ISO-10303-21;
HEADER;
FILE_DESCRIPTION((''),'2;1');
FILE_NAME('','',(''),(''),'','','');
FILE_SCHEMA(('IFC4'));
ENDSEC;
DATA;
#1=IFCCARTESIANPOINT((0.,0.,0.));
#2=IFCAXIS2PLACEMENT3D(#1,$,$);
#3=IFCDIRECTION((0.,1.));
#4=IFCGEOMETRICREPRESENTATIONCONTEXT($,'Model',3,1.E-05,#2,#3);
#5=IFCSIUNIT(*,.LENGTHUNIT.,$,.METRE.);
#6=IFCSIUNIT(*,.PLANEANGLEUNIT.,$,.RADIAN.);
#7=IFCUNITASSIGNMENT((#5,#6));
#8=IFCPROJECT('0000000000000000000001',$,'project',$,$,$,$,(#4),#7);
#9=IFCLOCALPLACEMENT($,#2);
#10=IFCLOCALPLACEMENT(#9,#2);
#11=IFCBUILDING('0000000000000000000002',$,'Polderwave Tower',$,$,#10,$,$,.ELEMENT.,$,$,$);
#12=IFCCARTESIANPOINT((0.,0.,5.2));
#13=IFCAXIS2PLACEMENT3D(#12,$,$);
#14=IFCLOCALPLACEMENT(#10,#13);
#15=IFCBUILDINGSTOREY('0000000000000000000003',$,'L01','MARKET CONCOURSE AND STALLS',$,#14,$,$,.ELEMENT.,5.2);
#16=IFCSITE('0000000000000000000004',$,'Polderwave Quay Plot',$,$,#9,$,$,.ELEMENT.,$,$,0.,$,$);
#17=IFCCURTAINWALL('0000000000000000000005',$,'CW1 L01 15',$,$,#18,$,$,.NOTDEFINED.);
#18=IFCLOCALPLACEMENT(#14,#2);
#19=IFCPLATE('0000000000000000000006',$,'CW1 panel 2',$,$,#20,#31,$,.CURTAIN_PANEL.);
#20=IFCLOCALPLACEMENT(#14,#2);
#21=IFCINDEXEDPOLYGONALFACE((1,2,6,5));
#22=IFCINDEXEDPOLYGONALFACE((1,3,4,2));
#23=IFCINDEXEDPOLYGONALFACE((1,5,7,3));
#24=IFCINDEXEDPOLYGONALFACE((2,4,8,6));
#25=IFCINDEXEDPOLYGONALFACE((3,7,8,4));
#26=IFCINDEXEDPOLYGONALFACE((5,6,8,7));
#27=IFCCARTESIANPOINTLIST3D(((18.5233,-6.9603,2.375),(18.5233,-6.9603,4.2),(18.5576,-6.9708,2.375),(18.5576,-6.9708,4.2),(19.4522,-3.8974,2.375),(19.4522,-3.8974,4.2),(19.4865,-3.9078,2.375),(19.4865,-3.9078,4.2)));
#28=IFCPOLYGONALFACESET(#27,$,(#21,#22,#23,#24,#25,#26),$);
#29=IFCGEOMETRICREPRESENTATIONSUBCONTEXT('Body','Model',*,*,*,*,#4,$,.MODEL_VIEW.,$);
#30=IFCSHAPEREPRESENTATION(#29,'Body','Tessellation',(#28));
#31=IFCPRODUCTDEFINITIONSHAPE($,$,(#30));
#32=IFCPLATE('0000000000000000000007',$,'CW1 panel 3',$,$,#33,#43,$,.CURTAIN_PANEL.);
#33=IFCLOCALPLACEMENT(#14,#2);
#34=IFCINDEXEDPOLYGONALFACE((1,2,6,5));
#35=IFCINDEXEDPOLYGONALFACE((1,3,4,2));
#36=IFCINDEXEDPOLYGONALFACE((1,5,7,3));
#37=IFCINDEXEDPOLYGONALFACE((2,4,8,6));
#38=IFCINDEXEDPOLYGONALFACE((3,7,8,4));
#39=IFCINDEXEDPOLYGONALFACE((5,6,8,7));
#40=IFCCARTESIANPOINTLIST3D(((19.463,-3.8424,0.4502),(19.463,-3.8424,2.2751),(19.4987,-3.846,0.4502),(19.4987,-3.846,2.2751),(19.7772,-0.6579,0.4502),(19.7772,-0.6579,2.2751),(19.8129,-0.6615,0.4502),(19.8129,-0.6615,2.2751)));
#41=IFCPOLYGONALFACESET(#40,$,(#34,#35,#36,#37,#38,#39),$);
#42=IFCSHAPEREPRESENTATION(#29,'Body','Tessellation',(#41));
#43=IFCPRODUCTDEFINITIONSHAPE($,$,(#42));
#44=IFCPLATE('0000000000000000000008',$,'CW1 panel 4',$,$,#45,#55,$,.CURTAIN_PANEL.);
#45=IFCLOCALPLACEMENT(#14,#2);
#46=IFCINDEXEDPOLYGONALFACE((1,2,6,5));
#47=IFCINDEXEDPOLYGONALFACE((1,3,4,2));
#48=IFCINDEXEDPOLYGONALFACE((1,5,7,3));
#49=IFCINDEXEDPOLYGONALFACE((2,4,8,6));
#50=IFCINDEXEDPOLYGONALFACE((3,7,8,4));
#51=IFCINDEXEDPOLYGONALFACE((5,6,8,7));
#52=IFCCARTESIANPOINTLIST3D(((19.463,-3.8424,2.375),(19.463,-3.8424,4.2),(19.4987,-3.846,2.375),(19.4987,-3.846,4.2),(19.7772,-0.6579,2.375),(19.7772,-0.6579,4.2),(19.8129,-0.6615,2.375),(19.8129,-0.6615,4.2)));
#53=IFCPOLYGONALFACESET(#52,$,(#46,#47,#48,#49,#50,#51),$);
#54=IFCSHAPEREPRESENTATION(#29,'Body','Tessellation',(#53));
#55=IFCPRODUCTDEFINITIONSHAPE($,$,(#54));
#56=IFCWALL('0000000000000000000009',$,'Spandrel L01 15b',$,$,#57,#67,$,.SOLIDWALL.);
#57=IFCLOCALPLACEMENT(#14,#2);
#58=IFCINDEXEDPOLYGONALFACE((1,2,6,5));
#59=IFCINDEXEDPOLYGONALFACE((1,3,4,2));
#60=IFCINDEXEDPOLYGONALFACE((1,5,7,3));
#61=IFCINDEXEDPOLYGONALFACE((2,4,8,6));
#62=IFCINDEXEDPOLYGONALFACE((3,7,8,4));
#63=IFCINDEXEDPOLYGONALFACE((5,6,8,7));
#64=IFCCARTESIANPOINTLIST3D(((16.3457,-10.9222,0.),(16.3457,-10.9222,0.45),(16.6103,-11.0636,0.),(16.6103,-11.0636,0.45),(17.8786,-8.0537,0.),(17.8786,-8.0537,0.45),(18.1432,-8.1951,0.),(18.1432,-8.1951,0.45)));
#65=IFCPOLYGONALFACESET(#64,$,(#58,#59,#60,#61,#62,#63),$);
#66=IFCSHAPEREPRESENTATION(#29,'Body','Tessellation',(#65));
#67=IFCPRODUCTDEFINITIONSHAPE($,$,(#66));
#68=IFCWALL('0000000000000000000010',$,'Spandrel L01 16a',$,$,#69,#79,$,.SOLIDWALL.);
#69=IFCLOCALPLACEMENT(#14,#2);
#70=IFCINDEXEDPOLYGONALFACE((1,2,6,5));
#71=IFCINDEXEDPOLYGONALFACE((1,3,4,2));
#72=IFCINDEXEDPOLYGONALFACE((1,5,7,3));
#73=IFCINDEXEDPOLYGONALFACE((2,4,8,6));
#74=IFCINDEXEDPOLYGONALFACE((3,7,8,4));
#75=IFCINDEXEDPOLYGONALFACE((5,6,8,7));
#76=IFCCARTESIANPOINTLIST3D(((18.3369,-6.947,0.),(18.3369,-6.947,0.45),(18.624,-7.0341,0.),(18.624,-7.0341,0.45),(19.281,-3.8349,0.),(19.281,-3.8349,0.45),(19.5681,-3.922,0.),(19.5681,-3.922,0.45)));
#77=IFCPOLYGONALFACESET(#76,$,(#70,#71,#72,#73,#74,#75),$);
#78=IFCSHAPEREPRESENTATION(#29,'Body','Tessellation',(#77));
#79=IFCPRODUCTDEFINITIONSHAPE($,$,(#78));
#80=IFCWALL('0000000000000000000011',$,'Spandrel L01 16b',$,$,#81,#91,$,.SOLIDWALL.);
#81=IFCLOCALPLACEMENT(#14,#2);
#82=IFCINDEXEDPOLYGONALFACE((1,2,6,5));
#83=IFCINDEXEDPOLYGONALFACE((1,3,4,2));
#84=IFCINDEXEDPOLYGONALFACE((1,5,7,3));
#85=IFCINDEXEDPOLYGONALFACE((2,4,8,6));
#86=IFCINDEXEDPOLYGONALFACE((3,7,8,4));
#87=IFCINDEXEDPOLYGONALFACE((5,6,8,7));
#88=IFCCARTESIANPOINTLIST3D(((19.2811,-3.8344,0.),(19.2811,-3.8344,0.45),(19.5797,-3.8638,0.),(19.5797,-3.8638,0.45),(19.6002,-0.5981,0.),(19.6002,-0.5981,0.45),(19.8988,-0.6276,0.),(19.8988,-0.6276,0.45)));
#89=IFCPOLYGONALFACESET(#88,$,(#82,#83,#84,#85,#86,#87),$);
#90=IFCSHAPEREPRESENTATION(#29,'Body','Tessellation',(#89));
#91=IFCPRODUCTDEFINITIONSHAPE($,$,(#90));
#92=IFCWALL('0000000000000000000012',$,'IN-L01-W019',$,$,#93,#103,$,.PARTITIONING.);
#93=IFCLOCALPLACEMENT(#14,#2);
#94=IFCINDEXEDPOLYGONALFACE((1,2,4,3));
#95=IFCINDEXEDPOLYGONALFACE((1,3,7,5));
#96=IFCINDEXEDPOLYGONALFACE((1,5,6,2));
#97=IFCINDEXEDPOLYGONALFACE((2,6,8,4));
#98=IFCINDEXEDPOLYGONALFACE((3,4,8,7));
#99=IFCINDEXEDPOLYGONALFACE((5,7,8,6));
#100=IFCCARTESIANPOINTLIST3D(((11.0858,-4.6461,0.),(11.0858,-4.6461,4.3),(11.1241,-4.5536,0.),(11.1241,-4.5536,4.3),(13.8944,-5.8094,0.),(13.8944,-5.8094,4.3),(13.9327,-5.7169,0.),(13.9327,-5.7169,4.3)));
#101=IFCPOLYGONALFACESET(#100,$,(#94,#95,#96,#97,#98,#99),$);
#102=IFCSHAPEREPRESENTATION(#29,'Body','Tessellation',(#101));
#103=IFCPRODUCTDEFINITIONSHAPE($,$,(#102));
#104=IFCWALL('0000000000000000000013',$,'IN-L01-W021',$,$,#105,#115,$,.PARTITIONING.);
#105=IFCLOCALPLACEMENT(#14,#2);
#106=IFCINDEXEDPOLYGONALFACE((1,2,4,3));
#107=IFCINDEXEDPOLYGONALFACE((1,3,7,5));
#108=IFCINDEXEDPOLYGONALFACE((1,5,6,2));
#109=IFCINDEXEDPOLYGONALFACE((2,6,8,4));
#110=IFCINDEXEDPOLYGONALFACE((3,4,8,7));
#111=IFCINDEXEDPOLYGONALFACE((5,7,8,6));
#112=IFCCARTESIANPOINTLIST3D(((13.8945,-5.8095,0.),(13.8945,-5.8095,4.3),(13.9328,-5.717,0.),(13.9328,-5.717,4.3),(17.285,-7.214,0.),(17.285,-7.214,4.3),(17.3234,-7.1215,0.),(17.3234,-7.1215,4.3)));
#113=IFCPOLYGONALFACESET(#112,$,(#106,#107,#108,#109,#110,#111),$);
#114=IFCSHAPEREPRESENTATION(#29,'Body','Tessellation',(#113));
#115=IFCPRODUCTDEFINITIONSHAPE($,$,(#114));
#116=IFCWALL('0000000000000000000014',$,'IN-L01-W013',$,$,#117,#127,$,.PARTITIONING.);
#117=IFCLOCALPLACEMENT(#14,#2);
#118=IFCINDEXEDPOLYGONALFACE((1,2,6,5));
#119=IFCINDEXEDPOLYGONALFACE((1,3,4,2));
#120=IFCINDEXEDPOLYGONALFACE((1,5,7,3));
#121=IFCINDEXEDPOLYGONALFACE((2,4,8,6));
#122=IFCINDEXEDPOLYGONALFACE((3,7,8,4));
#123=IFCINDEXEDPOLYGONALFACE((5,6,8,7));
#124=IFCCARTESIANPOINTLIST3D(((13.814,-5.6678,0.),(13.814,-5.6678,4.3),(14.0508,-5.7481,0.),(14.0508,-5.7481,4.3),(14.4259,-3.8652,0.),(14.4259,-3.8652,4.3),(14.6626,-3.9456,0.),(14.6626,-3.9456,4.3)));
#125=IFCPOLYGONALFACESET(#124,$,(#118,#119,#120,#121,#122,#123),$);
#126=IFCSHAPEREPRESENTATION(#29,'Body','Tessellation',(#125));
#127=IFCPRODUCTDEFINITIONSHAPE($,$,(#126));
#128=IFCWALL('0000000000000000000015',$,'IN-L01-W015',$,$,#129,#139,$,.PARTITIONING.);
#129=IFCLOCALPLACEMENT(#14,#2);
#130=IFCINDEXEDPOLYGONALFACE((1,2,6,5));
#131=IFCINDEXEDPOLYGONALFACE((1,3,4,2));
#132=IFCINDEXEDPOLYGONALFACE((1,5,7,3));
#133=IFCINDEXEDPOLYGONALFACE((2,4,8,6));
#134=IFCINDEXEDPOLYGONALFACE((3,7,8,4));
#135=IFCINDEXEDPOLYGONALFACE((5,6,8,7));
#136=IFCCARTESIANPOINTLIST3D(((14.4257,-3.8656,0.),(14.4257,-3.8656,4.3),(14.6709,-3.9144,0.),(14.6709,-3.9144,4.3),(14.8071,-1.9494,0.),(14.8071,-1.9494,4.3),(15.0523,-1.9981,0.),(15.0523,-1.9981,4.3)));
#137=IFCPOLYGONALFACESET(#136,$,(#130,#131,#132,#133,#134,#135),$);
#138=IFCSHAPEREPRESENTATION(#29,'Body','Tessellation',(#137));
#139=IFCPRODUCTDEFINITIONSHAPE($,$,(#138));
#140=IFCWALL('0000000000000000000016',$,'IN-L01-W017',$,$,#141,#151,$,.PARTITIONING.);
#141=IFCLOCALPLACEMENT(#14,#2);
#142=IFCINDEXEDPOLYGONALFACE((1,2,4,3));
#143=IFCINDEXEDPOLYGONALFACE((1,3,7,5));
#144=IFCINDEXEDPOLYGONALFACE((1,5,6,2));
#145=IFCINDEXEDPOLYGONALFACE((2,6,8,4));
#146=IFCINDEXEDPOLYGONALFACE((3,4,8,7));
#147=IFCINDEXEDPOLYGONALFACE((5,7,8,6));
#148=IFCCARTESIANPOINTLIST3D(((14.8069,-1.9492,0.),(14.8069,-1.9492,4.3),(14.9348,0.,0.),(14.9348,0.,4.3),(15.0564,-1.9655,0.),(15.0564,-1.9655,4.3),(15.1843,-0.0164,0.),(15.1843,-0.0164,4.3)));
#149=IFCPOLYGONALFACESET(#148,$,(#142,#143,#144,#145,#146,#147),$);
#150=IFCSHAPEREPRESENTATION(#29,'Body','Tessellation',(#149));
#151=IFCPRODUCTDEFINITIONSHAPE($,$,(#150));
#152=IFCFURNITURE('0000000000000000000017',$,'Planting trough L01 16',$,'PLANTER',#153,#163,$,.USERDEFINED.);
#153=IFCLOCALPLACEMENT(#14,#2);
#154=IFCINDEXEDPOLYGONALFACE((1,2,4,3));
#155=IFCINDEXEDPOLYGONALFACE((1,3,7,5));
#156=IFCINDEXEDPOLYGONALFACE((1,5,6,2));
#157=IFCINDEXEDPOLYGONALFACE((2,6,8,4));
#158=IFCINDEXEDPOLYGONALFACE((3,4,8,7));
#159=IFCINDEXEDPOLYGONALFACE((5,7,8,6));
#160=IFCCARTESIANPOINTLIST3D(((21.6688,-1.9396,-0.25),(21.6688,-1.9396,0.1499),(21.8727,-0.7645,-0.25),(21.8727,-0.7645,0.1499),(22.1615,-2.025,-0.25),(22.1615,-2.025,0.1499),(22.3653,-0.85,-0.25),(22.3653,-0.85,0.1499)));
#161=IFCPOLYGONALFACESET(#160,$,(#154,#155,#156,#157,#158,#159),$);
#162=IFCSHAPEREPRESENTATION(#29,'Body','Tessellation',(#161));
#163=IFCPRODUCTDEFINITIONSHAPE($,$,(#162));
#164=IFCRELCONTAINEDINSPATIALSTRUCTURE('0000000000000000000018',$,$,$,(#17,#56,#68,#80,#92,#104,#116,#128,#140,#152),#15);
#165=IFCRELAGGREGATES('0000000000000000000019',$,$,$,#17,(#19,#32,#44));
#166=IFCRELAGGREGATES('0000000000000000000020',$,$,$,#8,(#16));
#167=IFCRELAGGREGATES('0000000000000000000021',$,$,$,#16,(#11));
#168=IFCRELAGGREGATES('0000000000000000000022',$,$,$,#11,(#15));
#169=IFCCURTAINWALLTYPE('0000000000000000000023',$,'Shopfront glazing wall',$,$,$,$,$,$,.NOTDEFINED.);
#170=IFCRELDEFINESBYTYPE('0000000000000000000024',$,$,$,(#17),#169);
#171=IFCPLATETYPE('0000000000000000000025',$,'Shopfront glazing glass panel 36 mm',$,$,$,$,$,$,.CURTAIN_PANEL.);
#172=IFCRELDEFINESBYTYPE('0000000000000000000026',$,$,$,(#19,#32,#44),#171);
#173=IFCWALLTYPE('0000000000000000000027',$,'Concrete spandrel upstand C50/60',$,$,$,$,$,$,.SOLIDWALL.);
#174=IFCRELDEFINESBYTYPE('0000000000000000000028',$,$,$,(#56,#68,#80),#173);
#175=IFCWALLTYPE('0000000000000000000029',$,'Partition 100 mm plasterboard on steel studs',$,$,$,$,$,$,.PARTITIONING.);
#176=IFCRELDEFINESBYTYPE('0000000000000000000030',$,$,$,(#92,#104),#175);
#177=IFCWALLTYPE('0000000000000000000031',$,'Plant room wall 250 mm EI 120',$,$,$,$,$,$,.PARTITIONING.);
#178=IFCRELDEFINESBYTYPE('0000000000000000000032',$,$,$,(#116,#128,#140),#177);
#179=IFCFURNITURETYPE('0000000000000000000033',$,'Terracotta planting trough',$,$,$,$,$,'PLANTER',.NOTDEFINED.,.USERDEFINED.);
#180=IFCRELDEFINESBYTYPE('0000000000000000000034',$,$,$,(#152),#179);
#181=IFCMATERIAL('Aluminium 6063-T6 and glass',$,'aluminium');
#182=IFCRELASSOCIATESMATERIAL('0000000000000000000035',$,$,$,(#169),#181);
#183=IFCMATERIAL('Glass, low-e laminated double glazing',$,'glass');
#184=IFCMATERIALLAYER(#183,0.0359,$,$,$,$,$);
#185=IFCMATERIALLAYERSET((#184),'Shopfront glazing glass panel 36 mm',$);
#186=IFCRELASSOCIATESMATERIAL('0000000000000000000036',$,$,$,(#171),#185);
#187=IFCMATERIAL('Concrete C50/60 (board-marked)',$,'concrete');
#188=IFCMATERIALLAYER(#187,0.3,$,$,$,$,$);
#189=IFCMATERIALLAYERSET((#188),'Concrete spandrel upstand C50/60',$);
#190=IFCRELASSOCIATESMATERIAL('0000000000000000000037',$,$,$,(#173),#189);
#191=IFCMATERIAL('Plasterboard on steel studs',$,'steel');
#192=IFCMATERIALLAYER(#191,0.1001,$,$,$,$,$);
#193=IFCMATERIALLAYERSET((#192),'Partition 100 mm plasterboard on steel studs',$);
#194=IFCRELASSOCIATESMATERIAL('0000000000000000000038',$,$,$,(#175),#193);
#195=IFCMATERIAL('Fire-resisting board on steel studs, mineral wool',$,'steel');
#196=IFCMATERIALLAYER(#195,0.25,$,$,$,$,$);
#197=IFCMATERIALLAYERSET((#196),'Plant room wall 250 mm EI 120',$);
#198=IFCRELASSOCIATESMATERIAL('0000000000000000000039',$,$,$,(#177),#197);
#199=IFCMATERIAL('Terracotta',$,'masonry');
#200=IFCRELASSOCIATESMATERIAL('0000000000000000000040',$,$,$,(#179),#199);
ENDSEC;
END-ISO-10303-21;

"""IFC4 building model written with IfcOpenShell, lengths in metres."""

from ifc_helpers import new_model, si_unit, direction, frame, frame_2d, origin, origin_2d, place, context, subcontext, project, spatial, rectangle, extrude, material, layer, layer_set, type_object, element, aggregate, save


model = new_model("IFC4")

# Units and contexts
model_context = context("Model", 3, precision=1e-05, world=origin(), true_north=direction((0.0, 1.0)))
body_context = subcontext(model_context, "Body", "Model", "MODEL_VIEW")
ifc_project = project(units=[si_unit("LENGTHUNIT", "METRE"), si_unit("PLANEANGLEUNIT", "RADIAN")], contexts=[model_context])

# Site, building, storey
site_placement = place(None, origin())
site = spatial("IfcSite", under=ifc_project, at=site_placement, Name="Polderwave Quay Plot", CompositionType="ELEMENT", RefElevation=0.0)
building_placement = place(site_placement, origin())
building = spatial("IfcBuilding", under=site, at=building_placement, Name="Polderwave Tower", CompositionType="ELEMENT")
storey_placement = place(building_placement, frame((0.0, 0.0, 5.2)))
storey = spatial("IfcBuildingStorey", under=building, at=storey_placement, Name="L01", Description="MARKET CONCOURSE AND STALLS", CompositionType="ELEMENT", Elevation=5.2)

# Shared definitions
ifc_material_1 = material(Name="Aluminium 6063-T6 and glass", Category="aluminium")
curtain_wall_type = type_object("IfcCurtainWallType", Name="Shopfront glazing wall", PredefinedType="NOTDEFINED", material=ifc_material_1)

# Curtain wall
curtain_wall_1_placement = place(storey_placement, origin())
curtain_wall_1 = element("IfcCurtainWall", 1, at=curtain_wall_1_placement, inside=storey, type_object=curtain_wall_type, Name="CW1 L01 15", PredefinedType="NOTDEFINED")

# Plates
ifc_material_2 = material(Name="Glass, low-e laminated double glazing", Category="glass")
ifc_layer_1 = layer(ifc_material_2, 0.0359)
ifc_layer_set_1 = layer_set([ifc_layer_1], Name="Shopfront glazing glass panel 36 mm")
plate_type = type_object("IfcPlateType", Name="Shopfront glazing glass panel 36 mm", PredefinedType="CURTAIN_PANEL", material=ifc_layer_set_1)
plate_1_placement = place(storey_placement, frame((19.0049, -5.4341, 2.375), z_axis=(0.0, 0.0, 1.0), x_axis=(0.290218, 0.956961, 0.0)))
plate_1 = element("IfcPlate", 2, at=plate_1_placement, type_object=plate_type, Name="CW1 panel 2", PredefinedType="CURTAIN_PANEL", context=body_context, shape_type="SweptSolid", body=[
    extrude(rectangle(XDim=3.2007, YDim=0.0359, at=origin_2d()), origin(), (0.0, 0.0, 1.0), 1.825),
])
plate_2_placement = place(storey_placement, frame((19.6379, -2.252, 0.4502), z_axis=(0.0, 0.0, 1.0), x_axis=(0.098179, 0.995169, 0.0)))
plate_2 = element("IfcPlate", 3, at=plate_2_placement, type_object=plate_type, Name="CW1 panel 3", PredefinedType="CURTAIN_PANEL", context=body_context, shape_type="SweptSolid", body=[
    extrude(rectangle(XDim=3.2, YDim=0.0359, at=origin_2d()), origin(), (0.0, 0.0, 1.0), 1.825),
])
plate_3_placement = place(storey_placement, frame((19.6379, -2.252, 2.375), z_axis=(0.0, 0.0, 1.0), x_axis=(0.098179, 0.995169, 0.0)))
plate_3 = element("IfcPlate", 4, at=plate_3_placement, type_object=plate_type, Name="CW1 panel 4", PredefinedType="CURTAIN_PANEL", context=body_context, shape_type="SweptSolid", body=[
    extrude(rectangle(XDim=3.2, YDim=0.0359, at=origin_2d()), origin(), (0.0, 0.0, 1.0), 1.825),
])
aggregate(curtain_wall_1, [plate_1, plate_2, plate_3])

# Walls
ifc_material_3 = material(Name="Concrete C50/60 (board-marked)", Category="concrete")
ifc_layer_2 = layer(ifc_material_3, 0.3)
ifc_layer_set_2 = layer_set([ifc_layer_2], Name="Concrete spandrel upstand C50/60")
wall_type_1 = type_object("IfcWallType", Name="Concrete spandrel upstand C50/60", PredefinedType="SOLIDWALL", material=ifc_layer_set_2)
wall_1_placement = place(storey_placement, frame((16.478, -10.9929, 0.0), z_axis=(0.0, 0.0, 1.0), x_axis=(0.471309, 0.881968, 0.0)))
element("IfcWall", 5, at=wall_1_placement, inside=storey, type_object=wall_type_1, Name="Spandrel L01 15b", PredefinedType="SOLIDWALL", context=body_context, shape_type="SweptSolid", body=[
    extrude(rectangle(XDim=3.2524, YDim=0.3, at=frame_2d((1.6262, 0.0))), origin(), (0.0, 0.0, 1.0), 0.45),
])
wall_2_placement = place(storey_placement, frame((18.4805, -6.9905, 0.0), z_axis=(0.0, 0.0, 1.0), x_axis=(0.290301, 0.956935, 0.0)))
element("IfcWall", 6, at=wall_2_placement, inside=storey, type_object=wall_type_1, Name="Spandrel L01 16a", PredefinedType="SOLIDWALL", context=body_context, shape_type="SweptSolid", body=[
    extrude(rectangle(XDim=3.2522, YDim=0.3, at=frame_2d((1.626, 0.0))), origin(), (0.0, 0.0, 1.0), 0.45),
])
wall_3_placement = place(storey_placement, frame((19.4304, -3.8491, 0.0), z_axis=(0.0, 0.0, 1.0), x_axis=(0.098121, 0.995174, 0.0)))
element("IfcWall", 7, at=wall_3_placement, inside=storey, type_object=wall_type_1, Name="Spandrel L01 16b", PredefinedType="SOLIDWALL", context=body_context, shape_type="SweptSolid", body=[
    extrude(rectangle(XDim=3.252, YDim=0.3, at=frame_2d((1.626, 0.0))), origin(), (0.0, 0.0, 1.0), 0.45),
])
ifc_material_4 = material(Name="Plasterboard on steel studs", Category="steel")
ifc_layer_3 = layer(ifc_material_4, 0.1001)
ifc_layer_set_3 = layer_set([ifc_layer_3], Name="Partition 100 mm plasterboard on steel studs")
wall_type_2 = type_object("IfcWallType", Name="Partition 100 mm plasterboard on steel studs", PredefinedType="PARTITIONING", material=ifc_layer_set_3)
wall_4_placement = place(storey_placement, frame((13.9136, -5.7632, 0.0), z_axis=(0.0, 0.0, 1.0), x_axis=(-0.923883, 0.382676, 0.0)))
element("IfcWall", 8, at=wall_4_placement, inside=storey, type_object=wall_type_2, Name="IN-L01-W019", PredefinedType="PARTITIONING", context=body_context, shape_type="SweptSolid", body=[
    extrude(rectangle(XDim=3.04, YDim=0.1001, at=frame_2d((1.52, 0.0))), origin(), (0.0, 0.0, 1.0), 4.3),
])
wall_5_placement = place(storey_placement, frame((17.3042, -7.1677, 0.0), z_axis=(0.0, 0.0, 1.0), x_axis=(-0.92387, 0.382706, 0.0)))
element("IfcWall", 9, at=wall_5_placement, inside=storey, type_object=wall_type_2, Name="IN-L01-W021", PredefinedType="PARTITIONING", context=body_context, shape_type="SweptSolid", body=[
    extrude(rectangle(XDim=3.6699, YDim=0.1001, at=frame_2d((1.835, 0.0))), origin(), (0.0, 0.0, 1.0), 4.3),
])
ifc_material_5 = material(Name="Fire-resisting board on steel studs, mineral wool", Category="steel")
ifc_layer_4 = layer(ifc_material_5, 0.25)
ifc_layer_set_4 = layer_set([ifc_layer_4], Name="Plant room wall 250 mm EI 120")
wall_type_3 = type_object("IfcWallType", Name="Plant room wall 250 mm EI 120", PredefinedType="PARTITIONING", material=ifc_layer_set_4)
wall_6_placement = place(storey_placement, frame((14.5442, -3.9055, 0.0), z_axis=(0.0, 0.0, 1.0), x_axis=(-0.321418, -0.946938, 0.0)))
element("IfcWall", 10, at=wall_6_placement, inside=storey, type_object=wall_type_3, Name="IN-L01-W013", PredefinedType="PARTITIONING", context=body_context, shape_type="SweptSolid", body=[
    extrude(rectangle(XDim=1.9036, YDim=0.25, at=frame_2d((0.9517, 0.0))), origin(), (0.0, 0.0, 1.0), 4.3),
])
wall_7_placement = place(storey_placement, frame((14.9297, -1.9736, 0.0), z_axis=(0.0, 0.0, 1.0), x_axis=(-0.195179, -0.980768, 0.0)))
element("IfcWall", 11, at=wall_7_placement, inside=storey, type_object=wall_type_3, Name="IN-L01-W015", PredefinedType="PARTITIONING", context=body_context, shape_type="SweptSolid", body=[
    extrude(rectangle(XDim=1.9539, YDim=0.25, at=frame_2d((0.9771, 0.0))), origin(), (0.0, 0.0, 1.0), 4.3),
])
wall_8_placement = place(storey_placement, frame((15.0596, -0.0083, 0.0), z_axis=(0.0, 0.0, 1.0), x_axis=(-0.06549, -0.997853, 0.0)))
element("IfcWall", 12, at=wall_8_placement, inside=storey, type_object=wall_type_3, Name="IN-L01-W017", PredefinedType="PARTITIONING", context=body_context, shape_type="SweptSolid", body=[
    extrude(rectangle(XDim=1.9534, YDim=0.25, at=frame_2d((0.9766, 0.0))), origin(), (0.0, 0.0, 1.0), 4.3),
])

# Furniture
ifc_material_6 = material(Name="Terracotta", Category="masonry")
furniture_type = type_object("IfcFurnitureType", Name="Terracotta planting trough", ElementType="PLANTER", AssemblyPlace="NOTDEFINED", PredefinedType="USERDEFINED", material=ifc_material_6)
furniture_placement = place(storey_placement, frame((22.0171, -1.3948, -0.25), z_axis=(0.0, 0.0, 1.0), x_axis=(0.170949, 0.98528, 0.0)))
element("IfcFurniture", 13, at=furniture_placement, inside=storey, type_object=furniture_type, Name="Planting trough L01 16", ObjectType="PLANTER", PredefinedType="USERDEFINED", context=body_context, shape_type="SweptSolid", body=[
    extrude(rectangle(XDim=1.1926, YDim=0.5, at=origin_2d()), origin(), (0.0, 0.0, 1.0), 0.3999),
])

save(model, "model.ifc")
